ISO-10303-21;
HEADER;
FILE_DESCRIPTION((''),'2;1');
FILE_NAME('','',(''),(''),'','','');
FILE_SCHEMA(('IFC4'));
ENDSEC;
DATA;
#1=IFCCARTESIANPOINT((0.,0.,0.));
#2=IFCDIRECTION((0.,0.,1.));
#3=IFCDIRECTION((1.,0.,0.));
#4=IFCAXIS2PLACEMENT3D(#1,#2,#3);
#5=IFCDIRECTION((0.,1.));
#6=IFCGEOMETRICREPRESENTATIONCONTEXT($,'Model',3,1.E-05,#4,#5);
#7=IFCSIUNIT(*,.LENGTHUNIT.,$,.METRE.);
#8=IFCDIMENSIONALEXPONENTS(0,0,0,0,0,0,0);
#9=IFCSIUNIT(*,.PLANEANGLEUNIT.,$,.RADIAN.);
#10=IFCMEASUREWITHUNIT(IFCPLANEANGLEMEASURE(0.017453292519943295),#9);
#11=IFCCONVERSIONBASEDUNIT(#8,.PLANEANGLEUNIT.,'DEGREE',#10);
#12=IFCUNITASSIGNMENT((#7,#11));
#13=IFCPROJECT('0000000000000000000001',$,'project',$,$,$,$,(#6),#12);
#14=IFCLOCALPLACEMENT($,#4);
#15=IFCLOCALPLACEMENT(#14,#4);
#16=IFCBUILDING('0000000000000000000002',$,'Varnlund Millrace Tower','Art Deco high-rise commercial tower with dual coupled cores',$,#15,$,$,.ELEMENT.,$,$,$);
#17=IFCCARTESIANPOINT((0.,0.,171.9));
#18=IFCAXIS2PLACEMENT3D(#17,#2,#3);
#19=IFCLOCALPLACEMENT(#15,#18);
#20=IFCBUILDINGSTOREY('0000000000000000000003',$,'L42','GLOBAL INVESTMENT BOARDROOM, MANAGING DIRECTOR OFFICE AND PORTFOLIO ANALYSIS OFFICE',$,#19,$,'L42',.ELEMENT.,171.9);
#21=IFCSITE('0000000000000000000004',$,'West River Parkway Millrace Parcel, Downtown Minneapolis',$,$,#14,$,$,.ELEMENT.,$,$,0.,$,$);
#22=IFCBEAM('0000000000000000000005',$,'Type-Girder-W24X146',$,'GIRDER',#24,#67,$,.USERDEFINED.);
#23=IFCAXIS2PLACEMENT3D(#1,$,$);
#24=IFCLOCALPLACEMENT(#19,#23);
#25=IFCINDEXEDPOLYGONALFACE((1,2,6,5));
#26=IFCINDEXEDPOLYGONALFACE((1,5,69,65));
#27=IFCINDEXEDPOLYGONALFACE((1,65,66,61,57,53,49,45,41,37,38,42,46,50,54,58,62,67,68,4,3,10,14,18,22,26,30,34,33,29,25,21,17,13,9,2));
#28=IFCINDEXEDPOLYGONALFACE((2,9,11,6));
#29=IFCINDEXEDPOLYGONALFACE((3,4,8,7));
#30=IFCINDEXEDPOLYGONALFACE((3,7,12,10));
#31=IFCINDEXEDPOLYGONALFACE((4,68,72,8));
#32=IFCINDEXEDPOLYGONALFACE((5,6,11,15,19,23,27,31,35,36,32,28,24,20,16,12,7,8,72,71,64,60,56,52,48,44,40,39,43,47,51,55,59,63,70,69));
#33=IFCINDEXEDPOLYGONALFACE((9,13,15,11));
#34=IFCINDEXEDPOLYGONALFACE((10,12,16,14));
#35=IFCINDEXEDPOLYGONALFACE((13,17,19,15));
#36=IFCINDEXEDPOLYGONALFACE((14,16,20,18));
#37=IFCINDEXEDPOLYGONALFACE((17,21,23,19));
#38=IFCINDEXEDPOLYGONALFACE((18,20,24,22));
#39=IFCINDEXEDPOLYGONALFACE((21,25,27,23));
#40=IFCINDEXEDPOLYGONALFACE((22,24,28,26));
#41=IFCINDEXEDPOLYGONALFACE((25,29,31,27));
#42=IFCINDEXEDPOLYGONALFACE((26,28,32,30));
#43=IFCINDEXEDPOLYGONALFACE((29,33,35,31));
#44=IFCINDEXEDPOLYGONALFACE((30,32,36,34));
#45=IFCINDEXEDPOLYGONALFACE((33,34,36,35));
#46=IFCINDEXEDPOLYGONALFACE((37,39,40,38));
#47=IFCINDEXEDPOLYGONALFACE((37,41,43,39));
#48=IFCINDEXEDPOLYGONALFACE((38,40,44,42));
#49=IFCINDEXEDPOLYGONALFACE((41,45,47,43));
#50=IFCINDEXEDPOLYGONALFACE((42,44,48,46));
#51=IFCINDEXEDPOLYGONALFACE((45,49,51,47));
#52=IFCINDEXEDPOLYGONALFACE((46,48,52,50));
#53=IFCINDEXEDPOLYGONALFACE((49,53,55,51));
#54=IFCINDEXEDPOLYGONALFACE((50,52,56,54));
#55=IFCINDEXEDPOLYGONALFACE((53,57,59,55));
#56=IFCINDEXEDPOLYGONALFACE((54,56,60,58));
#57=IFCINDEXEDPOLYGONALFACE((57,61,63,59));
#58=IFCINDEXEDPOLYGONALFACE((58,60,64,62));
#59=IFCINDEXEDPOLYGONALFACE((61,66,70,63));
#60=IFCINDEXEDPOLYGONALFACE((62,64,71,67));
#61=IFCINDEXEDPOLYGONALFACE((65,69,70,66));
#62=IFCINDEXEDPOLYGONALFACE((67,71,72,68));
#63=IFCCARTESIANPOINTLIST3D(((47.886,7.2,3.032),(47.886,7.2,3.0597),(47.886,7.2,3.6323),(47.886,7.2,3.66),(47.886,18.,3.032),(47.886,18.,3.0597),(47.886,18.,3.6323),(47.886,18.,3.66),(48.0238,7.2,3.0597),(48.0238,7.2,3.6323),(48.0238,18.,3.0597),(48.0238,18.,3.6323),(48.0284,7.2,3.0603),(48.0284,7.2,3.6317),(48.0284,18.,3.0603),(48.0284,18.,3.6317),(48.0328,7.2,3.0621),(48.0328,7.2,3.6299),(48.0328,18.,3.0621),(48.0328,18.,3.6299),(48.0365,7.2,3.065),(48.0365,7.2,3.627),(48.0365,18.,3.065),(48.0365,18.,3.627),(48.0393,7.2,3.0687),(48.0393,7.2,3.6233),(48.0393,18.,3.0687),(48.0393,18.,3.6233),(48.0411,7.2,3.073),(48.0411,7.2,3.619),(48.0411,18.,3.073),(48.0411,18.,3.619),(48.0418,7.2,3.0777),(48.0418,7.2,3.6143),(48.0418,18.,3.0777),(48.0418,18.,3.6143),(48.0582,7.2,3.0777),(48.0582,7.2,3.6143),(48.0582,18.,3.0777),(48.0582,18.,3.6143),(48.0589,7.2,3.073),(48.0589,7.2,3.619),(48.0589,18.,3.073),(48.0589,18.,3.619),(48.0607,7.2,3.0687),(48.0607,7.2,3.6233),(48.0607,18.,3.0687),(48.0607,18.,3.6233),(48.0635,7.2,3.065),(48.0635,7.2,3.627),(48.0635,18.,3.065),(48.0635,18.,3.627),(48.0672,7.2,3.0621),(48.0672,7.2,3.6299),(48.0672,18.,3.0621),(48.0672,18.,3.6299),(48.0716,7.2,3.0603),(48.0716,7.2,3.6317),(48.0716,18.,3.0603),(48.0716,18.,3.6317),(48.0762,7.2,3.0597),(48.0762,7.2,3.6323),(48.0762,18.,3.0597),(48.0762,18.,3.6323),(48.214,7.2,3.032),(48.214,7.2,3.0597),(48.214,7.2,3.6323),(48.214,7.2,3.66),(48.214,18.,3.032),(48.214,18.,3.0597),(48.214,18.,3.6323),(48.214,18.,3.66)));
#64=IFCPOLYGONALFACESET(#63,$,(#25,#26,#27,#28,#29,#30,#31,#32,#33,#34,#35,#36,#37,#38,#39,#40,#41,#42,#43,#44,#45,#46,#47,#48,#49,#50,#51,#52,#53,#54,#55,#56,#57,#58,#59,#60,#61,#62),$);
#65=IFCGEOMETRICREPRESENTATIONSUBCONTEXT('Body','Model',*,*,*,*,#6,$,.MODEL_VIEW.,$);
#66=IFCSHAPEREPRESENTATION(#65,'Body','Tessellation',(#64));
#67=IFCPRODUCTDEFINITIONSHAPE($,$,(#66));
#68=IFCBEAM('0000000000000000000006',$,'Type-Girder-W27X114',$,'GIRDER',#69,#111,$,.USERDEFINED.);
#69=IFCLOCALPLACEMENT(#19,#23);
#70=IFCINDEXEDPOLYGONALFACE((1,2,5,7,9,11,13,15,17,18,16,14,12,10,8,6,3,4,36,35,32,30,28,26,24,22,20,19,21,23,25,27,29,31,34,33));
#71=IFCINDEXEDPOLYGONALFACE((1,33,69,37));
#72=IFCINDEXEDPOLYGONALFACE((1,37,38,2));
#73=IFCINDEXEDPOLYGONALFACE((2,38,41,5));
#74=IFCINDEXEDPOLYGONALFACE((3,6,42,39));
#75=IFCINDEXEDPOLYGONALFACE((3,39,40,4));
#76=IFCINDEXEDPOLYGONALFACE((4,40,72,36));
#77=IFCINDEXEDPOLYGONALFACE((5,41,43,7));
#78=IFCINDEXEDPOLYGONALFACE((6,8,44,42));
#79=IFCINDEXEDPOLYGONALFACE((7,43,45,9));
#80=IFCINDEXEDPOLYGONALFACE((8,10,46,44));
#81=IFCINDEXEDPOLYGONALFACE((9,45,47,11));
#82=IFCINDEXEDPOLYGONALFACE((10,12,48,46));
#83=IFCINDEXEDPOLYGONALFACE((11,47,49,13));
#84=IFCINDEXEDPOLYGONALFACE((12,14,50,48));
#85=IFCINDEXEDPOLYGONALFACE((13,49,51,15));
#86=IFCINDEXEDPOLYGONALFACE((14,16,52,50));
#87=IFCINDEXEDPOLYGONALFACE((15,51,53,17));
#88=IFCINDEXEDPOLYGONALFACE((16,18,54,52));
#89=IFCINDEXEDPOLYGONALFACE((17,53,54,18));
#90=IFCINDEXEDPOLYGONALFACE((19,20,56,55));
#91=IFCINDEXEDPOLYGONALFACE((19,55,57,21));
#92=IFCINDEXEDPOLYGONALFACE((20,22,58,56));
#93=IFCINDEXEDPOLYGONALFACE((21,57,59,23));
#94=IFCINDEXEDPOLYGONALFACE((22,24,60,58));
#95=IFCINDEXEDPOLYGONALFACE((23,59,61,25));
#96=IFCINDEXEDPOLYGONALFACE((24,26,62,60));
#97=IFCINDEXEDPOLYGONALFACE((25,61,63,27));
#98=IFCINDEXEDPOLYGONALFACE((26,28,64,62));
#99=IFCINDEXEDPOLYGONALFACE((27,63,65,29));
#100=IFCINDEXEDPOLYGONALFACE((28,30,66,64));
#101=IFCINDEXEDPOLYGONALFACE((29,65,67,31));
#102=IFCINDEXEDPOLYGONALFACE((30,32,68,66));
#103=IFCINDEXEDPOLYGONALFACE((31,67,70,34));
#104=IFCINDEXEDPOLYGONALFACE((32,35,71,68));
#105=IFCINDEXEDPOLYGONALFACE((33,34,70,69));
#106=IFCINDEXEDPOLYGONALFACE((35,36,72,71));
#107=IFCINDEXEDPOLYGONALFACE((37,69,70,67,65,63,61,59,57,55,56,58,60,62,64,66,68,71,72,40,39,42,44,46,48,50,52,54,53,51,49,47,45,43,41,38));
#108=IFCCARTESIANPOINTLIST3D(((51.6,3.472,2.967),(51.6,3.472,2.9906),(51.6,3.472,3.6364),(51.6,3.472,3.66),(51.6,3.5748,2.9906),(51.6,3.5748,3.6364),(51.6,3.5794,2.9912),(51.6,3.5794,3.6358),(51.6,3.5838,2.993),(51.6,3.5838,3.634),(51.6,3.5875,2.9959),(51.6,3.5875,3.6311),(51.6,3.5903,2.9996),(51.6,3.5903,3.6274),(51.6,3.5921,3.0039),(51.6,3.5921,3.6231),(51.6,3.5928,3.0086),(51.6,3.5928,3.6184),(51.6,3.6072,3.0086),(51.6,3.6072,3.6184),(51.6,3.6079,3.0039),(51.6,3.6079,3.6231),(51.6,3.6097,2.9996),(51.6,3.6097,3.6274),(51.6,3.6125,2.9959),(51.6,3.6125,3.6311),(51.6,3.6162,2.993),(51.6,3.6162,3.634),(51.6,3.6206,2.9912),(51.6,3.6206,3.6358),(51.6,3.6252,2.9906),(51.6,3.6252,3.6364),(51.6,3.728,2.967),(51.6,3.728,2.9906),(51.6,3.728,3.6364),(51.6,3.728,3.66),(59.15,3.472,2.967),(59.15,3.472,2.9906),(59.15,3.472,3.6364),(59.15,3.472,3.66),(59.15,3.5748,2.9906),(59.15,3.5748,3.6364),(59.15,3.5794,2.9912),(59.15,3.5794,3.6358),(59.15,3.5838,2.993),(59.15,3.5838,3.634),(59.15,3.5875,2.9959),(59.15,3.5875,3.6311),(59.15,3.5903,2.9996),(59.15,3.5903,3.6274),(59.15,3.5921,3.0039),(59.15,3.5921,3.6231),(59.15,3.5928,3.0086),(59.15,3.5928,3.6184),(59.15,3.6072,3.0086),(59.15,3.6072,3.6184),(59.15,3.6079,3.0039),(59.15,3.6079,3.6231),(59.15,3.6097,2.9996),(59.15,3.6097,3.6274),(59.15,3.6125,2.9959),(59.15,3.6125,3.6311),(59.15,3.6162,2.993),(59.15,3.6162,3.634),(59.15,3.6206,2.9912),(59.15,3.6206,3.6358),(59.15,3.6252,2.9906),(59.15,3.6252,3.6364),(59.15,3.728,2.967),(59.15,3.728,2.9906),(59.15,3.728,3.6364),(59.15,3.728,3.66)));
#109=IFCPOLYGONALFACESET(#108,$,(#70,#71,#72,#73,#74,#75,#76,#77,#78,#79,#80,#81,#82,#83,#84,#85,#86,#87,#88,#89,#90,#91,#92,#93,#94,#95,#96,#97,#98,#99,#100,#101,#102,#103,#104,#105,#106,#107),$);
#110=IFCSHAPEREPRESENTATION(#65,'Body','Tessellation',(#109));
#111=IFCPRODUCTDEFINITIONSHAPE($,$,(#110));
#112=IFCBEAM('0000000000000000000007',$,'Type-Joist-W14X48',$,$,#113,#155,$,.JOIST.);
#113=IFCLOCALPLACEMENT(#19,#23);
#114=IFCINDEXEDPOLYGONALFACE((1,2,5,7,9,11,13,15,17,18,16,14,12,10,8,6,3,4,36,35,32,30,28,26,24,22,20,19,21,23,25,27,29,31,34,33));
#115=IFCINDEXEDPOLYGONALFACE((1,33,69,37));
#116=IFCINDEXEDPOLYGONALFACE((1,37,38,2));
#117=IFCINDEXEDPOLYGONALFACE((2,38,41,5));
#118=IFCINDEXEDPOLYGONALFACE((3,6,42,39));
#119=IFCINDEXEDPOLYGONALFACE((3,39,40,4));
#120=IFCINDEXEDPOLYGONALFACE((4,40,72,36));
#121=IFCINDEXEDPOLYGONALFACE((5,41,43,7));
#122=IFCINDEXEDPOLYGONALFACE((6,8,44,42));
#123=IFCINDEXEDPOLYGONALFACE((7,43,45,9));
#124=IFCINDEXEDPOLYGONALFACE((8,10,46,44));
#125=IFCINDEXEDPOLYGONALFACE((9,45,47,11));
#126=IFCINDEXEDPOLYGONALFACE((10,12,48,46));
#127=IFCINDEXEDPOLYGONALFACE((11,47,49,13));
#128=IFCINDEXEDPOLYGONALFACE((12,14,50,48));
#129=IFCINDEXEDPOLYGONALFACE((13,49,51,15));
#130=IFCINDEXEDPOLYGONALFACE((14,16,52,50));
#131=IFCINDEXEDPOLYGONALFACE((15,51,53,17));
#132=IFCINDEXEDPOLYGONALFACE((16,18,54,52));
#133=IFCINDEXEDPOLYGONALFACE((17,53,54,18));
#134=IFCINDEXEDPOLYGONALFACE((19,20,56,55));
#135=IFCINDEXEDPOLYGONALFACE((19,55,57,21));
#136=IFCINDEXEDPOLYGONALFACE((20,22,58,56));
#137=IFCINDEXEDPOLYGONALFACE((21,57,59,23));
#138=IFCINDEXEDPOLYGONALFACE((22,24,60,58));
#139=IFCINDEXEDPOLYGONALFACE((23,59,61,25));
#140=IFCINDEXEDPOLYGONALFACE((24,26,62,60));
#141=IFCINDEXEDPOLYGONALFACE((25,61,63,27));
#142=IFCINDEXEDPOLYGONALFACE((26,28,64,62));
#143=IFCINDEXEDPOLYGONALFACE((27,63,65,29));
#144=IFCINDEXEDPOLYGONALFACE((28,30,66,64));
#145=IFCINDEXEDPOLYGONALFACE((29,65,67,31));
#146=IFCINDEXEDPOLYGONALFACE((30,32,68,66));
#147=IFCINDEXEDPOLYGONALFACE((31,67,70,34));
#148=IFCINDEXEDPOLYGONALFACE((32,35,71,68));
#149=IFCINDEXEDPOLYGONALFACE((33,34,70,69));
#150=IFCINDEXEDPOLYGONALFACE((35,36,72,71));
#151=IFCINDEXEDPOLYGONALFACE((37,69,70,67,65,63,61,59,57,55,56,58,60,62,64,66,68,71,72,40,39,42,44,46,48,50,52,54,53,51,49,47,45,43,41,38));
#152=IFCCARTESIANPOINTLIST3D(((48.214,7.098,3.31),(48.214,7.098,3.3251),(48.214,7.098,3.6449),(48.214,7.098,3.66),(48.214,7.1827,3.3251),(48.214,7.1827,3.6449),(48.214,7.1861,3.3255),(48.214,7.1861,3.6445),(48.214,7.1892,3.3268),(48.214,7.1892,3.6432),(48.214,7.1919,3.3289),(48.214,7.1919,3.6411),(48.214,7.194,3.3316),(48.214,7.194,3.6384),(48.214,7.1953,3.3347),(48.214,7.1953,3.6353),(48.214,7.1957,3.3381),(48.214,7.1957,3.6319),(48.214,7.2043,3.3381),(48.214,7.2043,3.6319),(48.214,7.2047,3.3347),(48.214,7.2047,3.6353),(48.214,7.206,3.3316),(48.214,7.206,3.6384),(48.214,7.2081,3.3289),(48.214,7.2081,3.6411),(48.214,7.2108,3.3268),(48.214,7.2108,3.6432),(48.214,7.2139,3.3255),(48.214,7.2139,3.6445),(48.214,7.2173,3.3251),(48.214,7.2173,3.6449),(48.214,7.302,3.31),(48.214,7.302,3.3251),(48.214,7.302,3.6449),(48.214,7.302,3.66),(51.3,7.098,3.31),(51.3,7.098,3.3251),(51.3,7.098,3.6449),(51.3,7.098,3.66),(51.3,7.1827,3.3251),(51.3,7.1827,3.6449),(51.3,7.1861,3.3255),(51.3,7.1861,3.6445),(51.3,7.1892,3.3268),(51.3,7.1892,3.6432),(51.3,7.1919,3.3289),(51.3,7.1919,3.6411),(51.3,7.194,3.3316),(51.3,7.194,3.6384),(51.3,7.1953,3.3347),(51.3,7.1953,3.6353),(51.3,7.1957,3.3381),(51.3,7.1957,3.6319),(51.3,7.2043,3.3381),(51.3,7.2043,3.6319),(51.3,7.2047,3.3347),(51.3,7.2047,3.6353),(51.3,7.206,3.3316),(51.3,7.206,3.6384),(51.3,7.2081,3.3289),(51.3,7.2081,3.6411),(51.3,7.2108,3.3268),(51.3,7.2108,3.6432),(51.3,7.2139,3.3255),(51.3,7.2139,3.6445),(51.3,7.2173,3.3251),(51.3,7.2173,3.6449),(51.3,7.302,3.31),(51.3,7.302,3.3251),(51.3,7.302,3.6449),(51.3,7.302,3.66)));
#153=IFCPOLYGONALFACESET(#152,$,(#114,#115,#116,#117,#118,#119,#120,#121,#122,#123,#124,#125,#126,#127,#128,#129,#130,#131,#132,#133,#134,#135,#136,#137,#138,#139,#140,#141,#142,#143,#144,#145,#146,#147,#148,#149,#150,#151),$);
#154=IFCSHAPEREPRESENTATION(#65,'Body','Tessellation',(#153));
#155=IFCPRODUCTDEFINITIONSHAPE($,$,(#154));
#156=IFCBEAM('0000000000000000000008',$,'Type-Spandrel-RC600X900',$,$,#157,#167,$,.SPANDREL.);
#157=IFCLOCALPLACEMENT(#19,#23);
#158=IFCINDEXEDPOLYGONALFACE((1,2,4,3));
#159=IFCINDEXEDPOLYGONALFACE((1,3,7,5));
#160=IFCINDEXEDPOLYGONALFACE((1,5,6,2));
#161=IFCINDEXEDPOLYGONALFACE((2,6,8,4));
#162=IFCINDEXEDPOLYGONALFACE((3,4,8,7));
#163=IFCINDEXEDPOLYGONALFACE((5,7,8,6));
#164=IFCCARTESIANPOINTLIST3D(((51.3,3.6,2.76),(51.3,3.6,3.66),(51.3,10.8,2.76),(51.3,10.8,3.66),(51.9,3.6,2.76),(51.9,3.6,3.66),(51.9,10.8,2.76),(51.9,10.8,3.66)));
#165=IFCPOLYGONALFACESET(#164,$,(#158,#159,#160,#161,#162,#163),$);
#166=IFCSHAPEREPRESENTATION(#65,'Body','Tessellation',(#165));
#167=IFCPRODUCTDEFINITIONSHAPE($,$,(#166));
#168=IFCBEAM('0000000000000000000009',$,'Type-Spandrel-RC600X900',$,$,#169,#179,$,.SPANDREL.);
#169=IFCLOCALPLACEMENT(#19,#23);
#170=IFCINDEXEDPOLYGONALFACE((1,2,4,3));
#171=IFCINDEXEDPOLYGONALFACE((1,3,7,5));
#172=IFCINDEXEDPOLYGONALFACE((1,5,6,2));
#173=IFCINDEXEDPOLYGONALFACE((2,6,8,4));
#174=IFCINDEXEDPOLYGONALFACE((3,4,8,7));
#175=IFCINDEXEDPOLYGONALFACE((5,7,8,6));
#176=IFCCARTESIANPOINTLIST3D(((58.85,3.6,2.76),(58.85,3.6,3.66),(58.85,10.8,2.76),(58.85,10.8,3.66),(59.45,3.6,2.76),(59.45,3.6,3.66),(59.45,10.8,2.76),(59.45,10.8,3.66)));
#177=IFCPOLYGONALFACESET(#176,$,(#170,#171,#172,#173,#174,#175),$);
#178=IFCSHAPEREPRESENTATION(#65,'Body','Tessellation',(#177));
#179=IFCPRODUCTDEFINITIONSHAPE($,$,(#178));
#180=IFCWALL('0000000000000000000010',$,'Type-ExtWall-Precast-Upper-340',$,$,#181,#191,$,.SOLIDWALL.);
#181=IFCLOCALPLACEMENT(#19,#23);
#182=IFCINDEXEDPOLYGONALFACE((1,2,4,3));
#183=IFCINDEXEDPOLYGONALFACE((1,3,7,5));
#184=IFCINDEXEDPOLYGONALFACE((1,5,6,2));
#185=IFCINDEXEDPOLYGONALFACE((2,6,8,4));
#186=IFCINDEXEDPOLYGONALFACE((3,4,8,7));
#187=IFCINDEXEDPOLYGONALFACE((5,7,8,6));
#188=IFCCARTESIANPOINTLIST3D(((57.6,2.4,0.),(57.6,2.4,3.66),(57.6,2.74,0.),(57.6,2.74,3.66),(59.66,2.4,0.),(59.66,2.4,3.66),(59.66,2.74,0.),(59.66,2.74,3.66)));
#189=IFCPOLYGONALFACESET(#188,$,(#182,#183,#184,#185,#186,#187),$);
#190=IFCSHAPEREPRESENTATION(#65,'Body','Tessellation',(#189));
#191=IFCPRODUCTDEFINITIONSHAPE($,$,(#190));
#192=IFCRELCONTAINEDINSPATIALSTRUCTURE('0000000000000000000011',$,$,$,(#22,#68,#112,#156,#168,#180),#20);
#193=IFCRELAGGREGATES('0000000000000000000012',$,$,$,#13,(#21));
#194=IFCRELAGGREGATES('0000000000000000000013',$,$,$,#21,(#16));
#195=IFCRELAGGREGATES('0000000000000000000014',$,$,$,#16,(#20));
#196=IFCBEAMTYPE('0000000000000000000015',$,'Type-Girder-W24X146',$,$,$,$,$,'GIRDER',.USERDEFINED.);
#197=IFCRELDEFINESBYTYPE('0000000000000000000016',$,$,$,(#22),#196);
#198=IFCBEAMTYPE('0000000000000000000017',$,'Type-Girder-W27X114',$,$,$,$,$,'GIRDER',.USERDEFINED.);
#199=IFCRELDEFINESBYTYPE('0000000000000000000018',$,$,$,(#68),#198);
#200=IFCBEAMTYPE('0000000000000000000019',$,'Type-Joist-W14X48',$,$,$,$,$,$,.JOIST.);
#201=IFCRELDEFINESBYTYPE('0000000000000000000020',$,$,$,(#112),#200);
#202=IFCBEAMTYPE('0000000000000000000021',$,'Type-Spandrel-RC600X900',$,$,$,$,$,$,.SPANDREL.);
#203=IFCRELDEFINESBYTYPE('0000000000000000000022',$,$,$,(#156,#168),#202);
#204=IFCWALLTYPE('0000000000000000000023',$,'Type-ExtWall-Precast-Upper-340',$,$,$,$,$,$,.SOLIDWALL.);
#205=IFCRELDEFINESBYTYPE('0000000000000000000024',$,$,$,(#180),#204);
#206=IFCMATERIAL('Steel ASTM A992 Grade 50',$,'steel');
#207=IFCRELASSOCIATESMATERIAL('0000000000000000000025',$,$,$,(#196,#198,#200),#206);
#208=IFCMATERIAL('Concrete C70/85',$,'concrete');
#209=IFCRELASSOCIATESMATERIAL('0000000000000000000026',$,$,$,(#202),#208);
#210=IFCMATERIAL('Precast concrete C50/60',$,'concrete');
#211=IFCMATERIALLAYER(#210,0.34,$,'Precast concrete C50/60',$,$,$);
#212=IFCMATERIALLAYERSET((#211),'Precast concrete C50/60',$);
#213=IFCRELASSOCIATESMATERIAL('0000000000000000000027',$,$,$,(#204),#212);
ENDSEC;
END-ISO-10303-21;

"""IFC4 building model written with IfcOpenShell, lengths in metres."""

from ifc_helpers import new_model, entity, si_unit, converted_unit, direction, frame, origin_with_axes, origin_2d_with_axis, place, context, subcontext, project, spatial, polyline, rectangle, i_section, outline, extrude, material, layer, layer_set, material_profile, profile_set, type_object, element, save


model = new_model("IFC4")

# Units and contexts
model_context = context("Model", 3, precision=1e-05, world=origin_with_axes(), true_north=direction((0.0, 1.0)))
body_context = subcontext(model_context, "Body", "Model", "MODEL_VIEW")
ifc_project = project(units=[si_unit("LENGTHUNIT", "METRE"), converted_unit("PLANEANGLEUNIT", "DEGREE", entity("IfcPlaneAngleMeasure", 0.017453292519943295), si_unit("PLANEANGLEUNIT", "RADIAN"), dimensions=[0, 0, 0, 0, 0, 0, 0])], contexts=[model_context])

# Site, building, storey
site_placement = place(None, origin_with_axes())
site = spatial("IfcSite", under=ifc_project, at=site_placement, Name="West River Parkway Millrace Parcel, Downtown Minneapolis", CompositionType="ELEMENT", RefElevation=0.0)
building_placement = place(site_placement, origin_with_axes())
building = spatial("IfcBuilding", under=site, at=building_placement, Name="Varnlund Millrace Tower", Description="Art Deco high-rise commercial tower with dual coupled cores", CompositionType="ELEMENT")
storey_placement = place(building_placement, frame((0.0, 0.0, 171.9), z_axis=(0.0, 0.0, 1.0), x_axis=(1.0, 0.0, 0.0)))
storey = spatial("IfcBuildingStorey", under=building, at=storey_placement, Name="L42", Description="GLOBAL INVESTMENT BOARDROOM, MANAGING DIRECTOR OFFICE AND PORTFOLIO ANALYSIS OFFICE", LongName="L42", CompositionType="ELEMENT", Elevation=171.9)

# Beams
ifc_material_1 = material(Name="Steel ASTM A992 Grade 50", Category="steel")
ifc_material_profile_1 = material_profile(ifc_material_1, i_section(OverallWidth=0.328, OverallDepth=0.628, WebThickness=0.0165, FlangeThickness=0.0277, FilletRadius=0.018, at=origin_2d_with_axis()), Name="Steel ASTM A992 Grade 50")
ifc_profile_set_1 = profile_set([ifc_material_profile_1], Name="Steel ASTM A992 Grade 50")
beam_type_1 = type_object("IfcBeamType", Name="Type-Girder-W24X146", ElementType="GIRDER", PredefinedType="USERDEFINED", material=ifc_profile_set_1)
beam_1_placement = place(storey_placement, frame((48.05, 7.2, 3.346), z_axis=(0.0, 1.0, 0.0), x_axis=(-1.0, 0.0, 0.0)))
element("IfcBeam", 1, at=beam_1_placement, inside=storey, type_object=beam_type_1, Name="Type-Girder-W24X146", ObjectType="GIRDER", PredefinedType="USERDEFINED", context=body_context, shape_type="SweptSolid", body=[
    extrude(i_section(OverallWidth=0.328, OverallDepth=0.628, WebThickness=0.0165, FlangeThickness=0.0277, FilletRadius=0.018, at=origin_2d_with_axis()), origin_with_axes(), (0.0, 0.0, 1.0), 10.8),
])
ifc_material_profile_2 = material_profile(ifc_material_1, i_section(OverallWidth=0.256, OverallDepth=0.693, WebThickness=0.0145, FlangeThickness=0.0236, FilletRadius=0.018, at=origin_2d_with_axis()), Name="Steel ASTM A992 Grade 50")
ifc_profile_set_2 = profile_set([ifc_material_profile_2], Name="Steel ASTM A992 Grade 50")
beam_type_2 = type_object("IfcBeamType", Name="Type-Girder-W27X114", ElementType="GIRDER", PredefinedType="USERDEFINED", material=ifc_profile_set_2)
beam_2_placement = place(storey_placement, frame((51.6, 3.6, 3.3135), z_axis=(1.0, 0.0, 0.0), x_axis=(0.0, 1.0, 0.0)))
element("IfcBeam", 2, at=beam_2_placement, inside=storey, type_object=beam_type_2, Name="Type-Girder-W27X114", ObjectType="GIRDER", PredefinedType="USERDEFINED", context=body_context, shape_type="SweptSolid", body=[
    extrude(i_section(OverallWidth=0.256, OverallDepth=0.693, WebThickness=0.0145, FlangeThickness=0.0236, FilletRadius=0.018, at=origin_2d_with_axis()), origin_with_axes(), (0.0, 0.0, 1.0), 7.55),
])
ifc_material_profile_3 = material_profile(ifc_material_1, i_section(OverallWidth=0.204, OverallDepth=0.35, WebThickness=0.0086, FlangeThickness=0.0151, FilletRadius=0.013, at=origin_2d_with_axis()), Name="Steel ASTM A992 Grade 50")
ifc_profile_set_3 = profile_set([ifc_material_profile_3], Name="Steel ASTM A992 Grade 50")
beam_type_3 = type_object("IfcBeamType", Name="Type-Joist-W14X48", PredefinedType="JOIST", material=ifc_profile_set_3)
beam_3_placement = place(storey_placement, frame((48.214, 7.2, 3.485), z_axis=(1.0, 0.0, 0.0), x_axis=(0.0, 1.0, 0.0)))
element("IfcBeam", 3, at=beam_3_placement, inside=storey, type_object=beam_type_3, Name="Type-Joist-W14X48", PredefinedType="JOIST", context=body_context, shape_type="SweptSolid", body=[
    extrude(i_section(OverallWidth=0.204, OverallDepth=0.35, WebThickness=0.0086, FlangeThickness=0.0151, FilletRadius=0.013, at=origin_2d_with_axis()), origin_with_axes(), (0.0, 0.0, 1.0), 3.086),
])
ifc_material_2 = material(Name="Concrete C70/85", Category="concrete")
ifc_material_profile_4 = material_profile(ifc_material_2, rectangle(XDim=0.6, YDim=0.9, at=origin_2d_with_axis()), Name="Concrete C70/85")
ifc_profile_set_4 = profile_set([ifc_material_profile_4], Name="Concrete C70/85")
beam_type_4 = type_object("IfcBeamType", Name="Type-Spandrel-RC600X900", PredefinedType="SPANDREL", material=ifc_profile_set_4)
for number, where, z_axis, x_axis, name in (
    (4, (51.6, 3.6, 3.21), (0.0, 1.0, 0.0), (-1.0, 0.0, 0.0), "Type-Spandrel-RC600X900"),
    (5, (59.15, 3.6, 3.21), (0.0, 1.0, 0.0), (-1.0, 0.0, 0.0), "Type-Spandrel-RC600X900"),
):
    element("IfcBeam", number, at=place(storey_placement, frame(where, z_axis=z_axis, x_axis=x_axis)), inside=storey, type_object=beam_type_4, Name=name, PredefinedType="SPANDREL", context=body_context, shape_type="SweptSolid", body=[
        extrude(rectangle(XDim=0.6, YDim=0.9, at=origin_2d_with_axis()), origin_with_axes(), (0.0, 0.0, 1.0), 7.2),
    ])

# Wall
ifc_material_3 = material(Name="Precast concrete C50/60", Category="concrete")
ifc_layer = layer(ifc_material_3, 0.34, Name="Precast concrete C50/60")
ifc_layer_set = layer_set([ifc_layer], Name="Precast concrete C50/60")
wall_type = type_object("IfcWallType", Name="Type-ExtWall-Precast-Upper-340", PredefinedType="SOLIDWALL", material=ifc_layer_set)
wall_1_placement = place(storey_placement, frame((59.66, 2.57, 0.0), z_axis=(0.0, 0.0, 1.0), x_axis=(-1.0, 0.0, 0.0)))
element("IfcWall", 6, at=wall_1_placement, inside=storey, type_object=wall_type, Name="Type-ExtWall-Precast-Upper-340", PredefinedType="SOLIDWALL", context=body_context, shape_type="SweptSolid", body=[
    extrude(outline(polyline([(0.0, -0.17), (2.06, -0.17), (2.06, 0.17), (0.0, 0.17), (0.0, -0.17)])), origin_with_axes(), (0.0, 0.0, 1.0), 3.66),
])

save(model, "model.ifc")
